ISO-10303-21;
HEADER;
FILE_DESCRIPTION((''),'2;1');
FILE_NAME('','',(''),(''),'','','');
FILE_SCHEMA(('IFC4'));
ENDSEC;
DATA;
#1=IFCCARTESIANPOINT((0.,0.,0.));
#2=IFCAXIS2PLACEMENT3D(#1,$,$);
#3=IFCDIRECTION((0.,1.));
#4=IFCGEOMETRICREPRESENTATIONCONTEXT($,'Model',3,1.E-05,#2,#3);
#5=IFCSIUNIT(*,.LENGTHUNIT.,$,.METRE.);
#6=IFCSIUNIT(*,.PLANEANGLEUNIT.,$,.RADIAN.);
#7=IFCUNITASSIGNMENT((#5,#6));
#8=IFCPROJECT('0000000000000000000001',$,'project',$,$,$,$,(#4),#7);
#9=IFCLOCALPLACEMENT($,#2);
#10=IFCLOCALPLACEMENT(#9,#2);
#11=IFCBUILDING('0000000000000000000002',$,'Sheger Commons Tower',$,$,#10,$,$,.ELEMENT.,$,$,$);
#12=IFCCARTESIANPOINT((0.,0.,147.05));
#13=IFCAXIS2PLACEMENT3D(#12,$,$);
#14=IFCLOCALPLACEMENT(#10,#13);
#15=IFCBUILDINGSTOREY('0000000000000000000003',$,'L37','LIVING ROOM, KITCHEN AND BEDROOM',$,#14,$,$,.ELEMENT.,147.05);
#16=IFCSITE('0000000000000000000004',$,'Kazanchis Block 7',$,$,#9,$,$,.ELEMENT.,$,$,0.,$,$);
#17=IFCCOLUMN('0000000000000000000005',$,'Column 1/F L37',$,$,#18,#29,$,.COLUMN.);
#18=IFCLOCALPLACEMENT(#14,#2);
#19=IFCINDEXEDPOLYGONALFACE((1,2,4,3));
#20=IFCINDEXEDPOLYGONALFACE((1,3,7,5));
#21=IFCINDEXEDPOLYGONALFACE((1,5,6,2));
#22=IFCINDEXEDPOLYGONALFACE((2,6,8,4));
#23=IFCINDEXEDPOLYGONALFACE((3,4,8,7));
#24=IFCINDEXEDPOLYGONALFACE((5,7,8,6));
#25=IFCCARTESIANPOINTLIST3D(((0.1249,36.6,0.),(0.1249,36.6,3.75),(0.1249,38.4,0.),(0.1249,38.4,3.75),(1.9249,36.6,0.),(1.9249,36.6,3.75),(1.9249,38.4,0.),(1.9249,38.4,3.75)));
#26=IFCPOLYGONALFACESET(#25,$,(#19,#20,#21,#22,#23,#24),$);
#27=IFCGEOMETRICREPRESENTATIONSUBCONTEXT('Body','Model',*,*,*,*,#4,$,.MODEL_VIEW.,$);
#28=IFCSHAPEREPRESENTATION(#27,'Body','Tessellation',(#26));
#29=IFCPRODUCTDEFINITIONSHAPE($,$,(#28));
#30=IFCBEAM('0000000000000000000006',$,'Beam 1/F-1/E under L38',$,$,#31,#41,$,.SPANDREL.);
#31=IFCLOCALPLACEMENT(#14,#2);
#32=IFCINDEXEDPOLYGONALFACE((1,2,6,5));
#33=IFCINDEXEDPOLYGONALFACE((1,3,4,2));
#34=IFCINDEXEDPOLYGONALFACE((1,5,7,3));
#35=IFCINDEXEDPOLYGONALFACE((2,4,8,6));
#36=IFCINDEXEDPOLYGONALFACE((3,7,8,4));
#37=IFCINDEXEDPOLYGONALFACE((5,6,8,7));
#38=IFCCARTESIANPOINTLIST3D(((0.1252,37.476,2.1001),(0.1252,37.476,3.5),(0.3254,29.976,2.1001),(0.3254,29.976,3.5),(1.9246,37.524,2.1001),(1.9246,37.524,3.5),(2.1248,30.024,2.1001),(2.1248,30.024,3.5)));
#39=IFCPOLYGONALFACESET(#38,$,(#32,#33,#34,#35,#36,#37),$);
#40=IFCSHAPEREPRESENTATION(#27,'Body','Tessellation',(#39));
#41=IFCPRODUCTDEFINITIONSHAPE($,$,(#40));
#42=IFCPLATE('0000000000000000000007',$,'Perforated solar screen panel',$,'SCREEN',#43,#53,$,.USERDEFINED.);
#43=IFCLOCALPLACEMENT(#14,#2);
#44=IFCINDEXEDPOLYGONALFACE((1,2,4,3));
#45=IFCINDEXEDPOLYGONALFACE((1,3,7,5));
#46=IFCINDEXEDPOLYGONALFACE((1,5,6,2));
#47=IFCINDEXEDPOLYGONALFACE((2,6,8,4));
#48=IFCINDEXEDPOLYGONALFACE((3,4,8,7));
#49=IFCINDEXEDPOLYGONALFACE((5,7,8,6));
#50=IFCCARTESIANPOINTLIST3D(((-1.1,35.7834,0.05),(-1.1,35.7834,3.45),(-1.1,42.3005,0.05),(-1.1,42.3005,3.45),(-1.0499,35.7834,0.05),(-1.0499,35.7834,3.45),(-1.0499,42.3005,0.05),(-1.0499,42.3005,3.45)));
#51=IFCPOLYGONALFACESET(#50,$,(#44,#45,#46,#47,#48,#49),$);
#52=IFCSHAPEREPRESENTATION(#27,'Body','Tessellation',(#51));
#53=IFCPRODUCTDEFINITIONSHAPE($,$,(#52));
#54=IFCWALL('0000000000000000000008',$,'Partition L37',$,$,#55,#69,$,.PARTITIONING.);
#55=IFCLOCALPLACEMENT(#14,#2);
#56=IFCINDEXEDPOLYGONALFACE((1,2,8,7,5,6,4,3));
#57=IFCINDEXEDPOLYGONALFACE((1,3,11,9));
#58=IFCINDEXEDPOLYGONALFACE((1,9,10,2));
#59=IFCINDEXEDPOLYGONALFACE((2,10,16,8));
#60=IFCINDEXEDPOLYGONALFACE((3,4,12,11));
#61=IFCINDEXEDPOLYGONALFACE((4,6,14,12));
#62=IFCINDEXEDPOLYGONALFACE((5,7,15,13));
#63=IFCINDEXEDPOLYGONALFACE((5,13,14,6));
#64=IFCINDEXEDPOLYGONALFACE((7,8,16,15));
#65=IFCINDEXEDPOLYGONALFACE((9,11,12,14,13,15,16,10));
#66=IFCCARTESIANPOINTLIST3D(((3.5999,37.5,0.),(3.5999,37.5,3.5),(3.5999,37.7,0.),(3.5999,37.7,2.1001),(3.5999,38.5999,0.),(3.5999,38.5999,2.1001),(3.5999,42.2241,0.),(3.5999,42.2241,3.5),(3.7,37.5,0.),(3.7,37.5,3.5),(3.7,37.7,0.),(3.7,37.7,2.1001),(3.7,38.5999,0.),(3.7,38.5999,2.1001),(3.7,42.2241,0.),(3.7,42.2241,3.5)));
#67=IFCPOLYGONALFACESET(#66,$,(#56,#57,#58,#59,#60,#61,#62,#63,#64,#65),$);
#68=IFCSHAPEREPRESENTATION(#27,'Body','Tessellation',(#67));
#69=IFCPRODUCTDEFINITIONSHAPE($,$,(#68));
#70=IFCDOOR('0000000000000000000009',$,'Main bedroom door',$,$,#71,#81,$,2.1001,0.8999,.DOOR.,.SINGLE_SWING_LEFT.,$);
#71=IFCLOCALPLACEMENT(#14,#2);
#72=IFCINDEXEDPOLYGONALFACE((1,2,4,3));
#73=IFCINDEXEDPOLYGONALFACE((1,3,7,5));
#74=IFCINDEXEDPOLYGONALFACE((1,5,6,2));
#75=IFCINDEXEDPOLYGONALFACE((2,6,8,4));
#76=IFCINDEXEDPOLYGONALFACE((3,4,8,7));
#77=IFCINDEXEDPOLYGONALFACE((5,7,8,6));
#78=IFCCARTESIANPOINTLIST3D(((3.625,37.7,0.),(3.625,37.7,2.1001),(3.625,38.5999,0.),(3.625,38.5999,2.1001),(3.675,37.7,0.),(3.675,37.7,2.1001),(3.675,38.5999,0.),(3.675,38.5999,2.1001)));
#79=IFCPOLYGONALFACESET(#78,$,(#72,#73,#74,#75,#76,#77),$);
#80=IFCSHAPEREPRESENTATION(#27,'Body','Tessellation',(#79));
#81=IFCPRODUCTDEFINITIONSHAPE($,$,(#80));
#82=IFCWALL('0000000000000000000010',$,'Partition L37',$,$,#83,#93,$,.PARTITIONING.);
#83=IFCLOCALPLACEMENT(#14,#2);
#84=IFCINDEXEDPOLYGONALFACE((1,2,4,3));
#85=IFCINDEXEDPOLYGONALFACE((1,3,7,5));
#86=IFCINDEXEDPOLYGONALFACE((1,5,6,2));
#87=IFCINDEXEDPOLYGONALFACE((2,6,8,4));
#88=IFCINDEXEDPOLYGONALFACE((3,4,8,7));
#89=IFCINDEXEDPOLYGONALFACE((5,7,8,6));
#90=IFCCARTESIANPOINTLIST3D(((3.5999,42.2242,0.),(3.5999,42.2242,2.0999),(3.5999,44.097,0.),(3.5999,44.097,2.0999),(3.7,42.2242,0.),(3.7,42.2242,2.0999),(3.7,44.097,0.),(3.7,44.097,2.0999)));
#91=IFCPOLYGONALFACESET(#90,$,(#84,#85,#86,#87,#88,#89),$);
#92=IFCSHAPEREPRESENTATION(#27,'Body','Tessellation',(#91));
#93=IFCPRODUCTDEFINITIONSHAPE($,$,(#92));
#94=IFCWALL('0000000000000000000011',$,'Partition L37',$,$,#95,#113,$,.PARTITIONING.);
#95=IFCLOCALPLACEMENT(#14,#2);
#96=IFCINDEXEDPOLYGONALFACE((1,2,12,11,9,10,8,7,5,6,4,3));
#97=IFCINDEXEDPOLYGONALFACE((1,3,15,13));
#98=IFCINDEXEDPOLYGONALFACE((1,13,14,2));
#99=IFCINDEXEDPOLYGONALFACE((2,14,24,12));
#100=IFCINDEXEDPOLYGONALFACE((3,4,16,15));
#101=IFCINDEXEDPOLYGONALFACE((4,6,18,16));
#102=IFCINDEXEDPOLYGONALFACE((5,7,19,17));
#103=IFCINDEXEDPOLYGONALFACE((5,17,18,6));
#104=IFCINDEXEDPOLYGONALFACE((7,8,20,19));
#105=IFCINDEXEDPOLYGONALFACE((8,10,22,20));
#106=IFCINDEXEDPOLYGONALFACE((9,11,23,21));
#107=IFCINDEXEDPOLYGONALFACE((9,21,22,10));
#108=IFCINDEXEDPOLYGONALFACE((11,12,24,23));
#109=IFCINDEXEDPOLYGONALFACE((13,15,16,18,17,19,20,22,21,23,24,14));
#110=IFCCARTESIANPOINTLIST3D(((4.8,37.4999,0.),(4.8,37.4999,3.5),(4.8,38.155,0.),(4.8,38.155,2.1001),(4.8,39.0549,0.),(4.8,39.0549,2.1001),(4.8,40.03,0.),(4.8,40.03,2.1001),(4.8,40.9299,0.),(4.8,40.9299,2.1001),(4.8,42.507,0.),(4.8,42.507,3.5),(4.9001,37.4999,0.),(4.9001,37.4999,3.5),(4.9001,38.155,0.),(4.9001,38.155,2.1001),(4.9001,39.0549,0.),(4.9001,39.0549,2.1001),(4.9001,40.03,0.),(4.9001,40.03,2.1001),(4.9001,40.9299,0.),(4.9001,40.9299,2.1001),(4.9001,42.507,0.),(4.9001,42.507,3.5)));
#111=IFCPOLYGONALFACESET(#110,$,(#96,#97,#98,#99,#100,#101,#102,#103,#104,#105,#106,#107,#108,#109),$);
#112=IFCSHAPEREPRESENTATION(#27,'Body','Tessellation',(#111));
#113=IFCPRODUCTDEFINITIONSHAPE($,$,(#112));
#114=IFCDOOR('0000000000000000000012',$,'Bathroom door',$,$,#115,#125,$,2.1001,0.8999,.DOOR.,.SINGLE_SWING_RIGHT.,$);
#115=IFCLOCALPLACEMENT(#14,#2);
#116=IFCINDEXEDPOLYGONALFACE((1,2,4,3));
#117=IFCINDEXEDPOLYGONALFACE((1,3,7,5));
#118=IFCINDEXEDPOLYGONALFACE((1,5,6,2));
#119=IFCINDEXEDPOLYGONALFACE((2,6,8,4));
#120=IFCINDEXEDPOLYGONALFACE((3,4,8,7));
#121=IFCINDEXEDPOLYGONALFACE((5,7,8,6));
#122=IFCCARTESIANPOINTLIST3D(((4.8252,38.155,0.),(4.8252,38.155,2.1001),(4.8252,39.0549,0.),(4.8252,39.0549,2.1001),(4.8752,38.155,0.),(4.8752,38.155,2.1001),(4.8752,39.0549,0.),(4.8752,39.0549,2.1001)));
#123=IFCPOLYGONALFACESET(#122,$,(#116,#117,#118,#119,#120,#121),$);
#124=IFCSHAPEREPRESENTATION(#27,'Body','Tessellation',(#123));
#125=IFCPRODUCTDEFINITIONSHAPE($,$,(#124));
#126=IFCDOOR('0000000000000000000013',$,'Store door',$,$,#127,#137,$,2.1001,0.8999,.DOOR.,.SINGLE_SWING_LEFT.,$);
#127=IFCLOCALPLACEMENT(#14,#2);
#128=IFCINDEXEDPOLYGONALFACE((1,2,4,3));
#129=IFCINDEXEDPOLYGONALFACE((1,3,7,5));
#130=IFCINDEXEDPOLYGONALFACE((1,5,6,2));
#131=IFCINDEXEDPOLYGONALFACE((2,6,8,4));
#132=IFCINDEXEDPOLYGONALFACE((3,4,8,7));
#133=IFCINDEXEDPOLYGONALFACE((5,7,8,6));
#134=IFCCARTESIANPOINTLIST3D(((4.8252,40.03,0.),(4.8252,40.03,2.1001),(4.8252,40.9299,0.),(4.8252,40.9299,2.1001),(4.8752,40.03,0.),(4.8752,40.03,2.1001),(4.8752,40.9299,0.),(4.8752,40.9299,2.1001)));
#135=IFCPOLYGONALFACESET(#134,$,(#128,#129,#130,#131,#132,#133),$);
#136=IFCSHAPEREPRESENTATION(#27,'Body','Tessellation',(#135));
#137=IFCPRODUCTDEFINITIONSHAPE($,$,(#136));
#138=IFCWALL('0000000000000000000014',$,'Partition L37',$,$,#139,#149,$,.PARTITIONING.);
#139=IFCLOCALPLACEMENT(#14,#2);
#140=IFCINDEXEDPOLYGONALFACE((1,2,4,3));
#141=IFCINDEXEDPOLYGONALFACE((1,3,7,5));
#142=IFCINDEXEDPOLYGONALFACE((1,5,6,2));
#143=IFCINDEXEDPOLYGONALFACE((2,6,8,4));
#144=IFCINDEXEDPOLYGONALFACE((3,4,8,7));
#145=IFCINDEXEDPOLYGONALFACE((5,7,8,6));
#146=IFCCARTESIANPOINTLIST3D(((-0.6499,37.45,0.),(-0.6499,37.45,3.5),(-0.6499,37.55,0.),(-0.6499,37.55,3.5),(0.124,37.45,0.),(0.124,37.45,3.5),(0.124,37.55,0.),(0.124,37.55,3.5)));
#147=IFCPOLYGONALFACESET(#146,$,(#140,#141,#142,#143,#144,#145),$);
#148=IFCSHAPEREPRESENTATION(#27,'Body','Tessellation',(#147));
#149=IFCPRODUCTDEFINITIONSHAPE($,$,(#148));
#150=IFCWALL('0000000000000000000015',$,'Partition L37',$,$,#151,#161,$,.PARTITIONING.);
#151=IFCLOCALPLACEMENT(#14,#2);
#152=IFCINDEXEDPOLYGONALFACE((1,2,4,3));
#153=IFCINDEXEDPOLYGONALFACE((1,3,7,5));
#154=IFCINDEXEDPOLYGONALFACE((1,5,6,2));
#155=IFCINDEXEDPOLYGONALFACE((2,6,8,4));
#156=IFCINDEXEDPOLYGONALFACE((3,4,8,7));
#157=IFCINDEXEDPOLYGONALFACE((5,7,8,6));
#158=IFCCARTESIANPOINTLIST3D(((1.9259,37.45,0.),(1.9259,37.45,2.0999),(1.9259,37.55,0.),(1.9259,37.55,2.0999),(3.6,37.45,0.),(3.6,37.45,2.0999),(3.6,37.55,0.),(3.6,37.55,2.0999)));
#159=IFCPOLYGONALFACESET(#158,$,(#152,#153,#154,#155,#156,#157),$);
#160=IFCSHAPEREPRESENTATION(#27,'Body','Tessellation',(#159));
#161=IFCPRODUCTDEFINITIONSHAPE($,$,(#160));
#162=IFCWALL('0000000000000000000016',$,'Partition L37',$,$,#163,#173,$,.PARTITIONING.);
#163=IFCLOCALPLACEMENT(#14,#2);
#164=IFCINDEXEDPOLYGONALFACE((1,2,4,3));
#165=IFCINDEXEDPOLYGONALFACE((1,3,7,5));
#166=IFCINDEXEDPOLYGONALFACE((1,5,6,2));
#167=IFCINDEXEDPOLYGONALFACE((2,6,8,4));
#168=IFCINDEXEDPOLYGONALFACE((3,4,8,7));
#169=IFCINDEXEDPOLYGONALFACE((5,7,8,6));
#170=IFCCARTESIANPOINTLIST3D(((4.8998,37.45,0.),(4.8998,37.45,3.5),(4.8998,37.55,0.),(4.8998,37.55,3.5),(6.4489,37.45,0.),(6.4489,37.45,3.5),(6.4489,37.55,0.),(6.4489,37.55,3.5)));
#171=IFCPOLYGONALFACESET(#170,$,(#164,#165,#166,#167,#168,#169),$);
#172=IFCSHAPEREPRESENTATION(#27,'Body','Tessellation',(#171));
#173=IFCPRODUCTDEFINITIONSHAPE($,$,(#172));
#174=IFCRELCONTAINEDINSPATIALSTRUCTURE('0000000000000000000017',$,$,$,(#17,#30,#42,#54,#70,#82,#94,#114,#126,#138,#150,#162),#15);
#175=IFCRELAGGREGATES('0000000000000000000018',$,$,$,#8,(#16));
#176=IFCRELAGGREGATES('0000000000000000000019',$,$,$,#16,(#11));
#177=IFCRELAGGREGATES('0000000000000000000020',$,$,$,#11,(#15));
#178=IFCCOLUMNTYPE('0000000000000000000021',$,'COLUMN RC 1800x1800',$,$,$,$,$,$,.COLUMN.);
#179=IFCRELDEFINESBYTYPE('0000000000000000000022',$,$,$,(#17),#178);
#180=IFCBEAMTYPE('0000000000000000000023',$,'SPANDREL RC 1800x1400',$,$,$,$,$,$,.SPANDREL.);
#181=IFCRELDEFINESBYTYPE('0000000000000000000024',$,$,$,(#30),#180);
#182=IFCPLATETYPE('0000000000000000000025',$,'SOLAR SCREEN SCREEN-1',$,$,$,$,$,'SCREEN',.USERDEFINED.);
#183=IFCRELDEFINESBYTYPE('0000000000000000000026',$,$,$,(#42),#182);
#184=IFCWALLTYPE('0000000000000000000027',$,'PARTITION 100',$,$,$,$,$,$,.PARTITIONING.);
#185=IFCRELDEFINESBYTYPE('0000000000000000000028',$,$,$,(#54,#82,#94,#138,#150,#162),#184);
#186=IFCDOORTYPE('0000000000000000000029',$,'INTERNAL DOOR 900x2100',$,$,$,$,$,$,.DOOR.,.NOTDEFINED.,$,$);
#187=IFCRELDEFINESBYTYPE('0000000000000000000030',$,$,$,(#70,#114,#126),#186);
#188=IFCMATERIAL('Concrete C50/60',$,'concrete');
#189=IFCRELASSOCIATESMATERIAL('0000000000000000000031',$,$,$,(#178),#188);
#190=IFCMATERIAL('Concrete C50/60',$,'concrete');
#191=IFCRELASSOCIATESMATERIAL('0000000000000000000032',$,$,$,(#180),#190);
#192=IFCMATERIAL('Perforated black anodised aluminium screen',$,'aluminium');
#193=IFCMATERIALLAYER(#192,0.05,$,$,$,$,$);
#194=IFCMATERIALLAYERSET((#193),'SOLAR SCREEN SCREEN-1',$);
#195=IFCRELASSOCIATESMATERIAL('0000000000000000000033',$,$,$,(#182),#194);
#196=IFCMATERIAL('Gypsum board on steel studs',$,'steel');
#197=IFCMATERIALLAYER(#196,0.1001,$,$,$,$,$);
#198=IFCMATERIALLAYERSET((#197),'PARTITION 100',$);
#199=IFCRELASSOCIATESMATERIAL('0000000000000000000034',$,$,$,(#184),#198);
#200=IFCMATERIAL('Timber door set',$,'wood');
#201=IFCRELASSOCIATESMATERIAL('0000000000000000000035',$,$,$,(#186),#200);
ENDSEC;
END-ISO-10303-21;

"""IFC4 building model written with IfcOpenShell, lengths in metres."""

from ifc_helpers import new_model, si_unit, direction, frame, frame_2d, origin, origin_2d, place, context, subcontext, project, spatial, rectangle, extrude, material, layer, layer_set, material_profile, profile_set, type_object, element, fill, save


model = new_model("IFC4")

# Units and contexts
model_context = context("Model", 3, precision=1e-05, world=origin(), true_north=direction((0.0, 1.0)))
body_context = subcontext(model_context, "Body", "Model", "MODEL_VIEW")
ifc_project = project(units=[si_unit("LENGTHUNIT", "METRE"), si_unit("PLANEANGLEUNIT", "RADIAN")], contexts=[model_context])

# Site, building, storey
site_placement = place(None, origin())
site = spatial("IfcSite", under=ifc_project, at=site_placement, Name="Kazanchis Block 7", CompositionType="ELEMENT", RefElevation=0.0)
building_placement = place(site_placement, origin())
building = spatial("IfcBuilding", under=site, at=building_placement, Name="Sheger Commons Tower", CompositionType="ELEMENT")
storey_placement = place(building_placement, frame((0.0, 0.0, 147.05)))
storey = spatial("IfcBuildingStorey", under=building, at=storey_placement, Name="L37", Description="LIVING ROOM, KITCHEN AND BEDROOM", CompositionType="ELEMENT", Elevation=147.05)

# Column
ifc_material_1 = material(Name="Concrete C50/60", Category="concrete")
ifc_material_profile_1 = material_profile(ifc_material_1, rectangle(XDim=1.8, YDim=1.8, at=origin_2d()), Name="RC 1800x1800")
ifc_profile_set_1 = profile_set([ifc_material_profile_1], Name="Concrete C50/60")
column_type = type_object("IfcColumnType", Name="COLUMN RC 1800x1800", PredefinedType="COLUMN", material=ifc_profile_set_1)
column_placement = place(storey_placement, frame((1.0249, 37.5, 0.0), z_axis=(0.0, 0.0, 1.0), x_axis=(1.0, 0.0, 0.0)))
element("IfcColumn", 1, at=column_placement, inside=storey, type_object=column_type, Name="Column 1/F L37", PredefinedType="COLUMN", context=body_context, shape_type="SweptSolid", body=[
    extrude(rectangle(XDim=1.8, YDim=1.8, at=origin_2d()), origin(), (0.0, 0.0, 1.0), 3.75),
])

# Beam
ifc_material_2 = material(Name="Concrete C50/60", Category="concrete")
ifc_material_profile_2 = material_profile(ifc_material_2, rectangle(XDim=1.8, YDim=1.3999, at=origin_2d()), Name="RC 1800x1400")
ifc_profile_set_2 = profile_set([ifc_material_profile_2], Name="Concrete C50/60")
beam_type = type_object("IfcBeamType", Name="SPANDREL RC 1800x1400", PredefinedType="SPANDREL", material=ifc_profile_set_2)
beam_placement = place(storey_placement, frame((1.0249, 37.5, 2.8), z_axis=(0.026683, -0.999644, 0.0), x_axis=(0.999644, 0.026683, 0.0)))
element("IfcBeam", 2, at=beam_placement, inside=storey, type_object=beam_type, Name="Beam 1/F-1/E under L38", PredefinedType="SPANDREL", context=body_context, shape_type="SweptSolid", body=[
    extrude(rectangle(XDim=1.8, YDim=1.3999, at=origin_2d()), origin(), (0.0, 0.0, 1.0), 7.5027),
])

# Plate
ifc_material_3 = material(Name="Perforated black anodised aluminium screen", Category="aluminium")
ifc_layer_1 = layer(ifc_material_3, 0.05)
ifc_layer_set_1 = layer_set([ifc_layer_1], Name="SOLAR SCREEN SCREEN-1")
plate_type = type_object("IfcPlateType", Name="SOLAR SCREEN SCREEN-1", ElementType="SCREEN", PredefinedType="USERDEFINED", material=ifc_layer_set_1)
plate_placement = place(storey_placement, frame((-1.075, 39.042, 0.05), z_axis=(0.0, 0.0, 1.0), x_axis=(0.0, -1.0, 0.0)))
element("IfcPlate", 3, at=plate_placement, inside=storey, type_object=plate_type, Name="Perforated solar screen panel", ObjectType="SCREEN", PredefinedType="USERDEFINED", context=body_context, shape_type="SweptSolid", body=[
    extrude(rectangle(XDim=6.5171, YDim=0.05, at=origin_2d()), origin(), (0.0, 0.0, 1.0), 3.3999),
])

# Wall, opening, door
ifc_material_4 = material(Name="Gypsum board on steel studs", Category="steel")
ifc_layer_2 = layer(ifc_material_4, 0.1001)
ifc_layer_set_2 = layer_set([ifc_layer_2], Name="PARTITION 100")
wall_type = type_object("IfcWallType", Name="PARTITION 100", PredefinedType="PARTITIONING", material=ifc_layer_set_2)
wall_1_placement = place(storey_placement, frame((3.6499, 37.5, 0.0), z_axis=(0.0, 0.0, 1.0), x_axis=(0.0, 1.0, 0.0)))
wall_1 = element("IfcWall", 4, at=wall_1_placement, inside=storey, type_object=wall_type, Name="Partition L37", PredefinedType="PARTITIONING", context=body_context, shape_type="SweptSolid", body=[
    extrude(rectangle(XDim=4.7241, YDim=0.1001, at=frame_2d((2.3621, 0.0))), origin(), (0.0, 0.0, 1.0), 3.5),
])
opening_1_placement = place(wall_1_placement, frame((0.2, 0.0, 0.0)))
opening_1 = element("IfcOpeningElement", 5, at=opening_1_placement, cuts=wall_1, PredefinedType="OPENING", context=body_context, shape_type="SweptSolid", body=[
    extrude(rectangle(XDim=0.8999, YDim=2.1001, at=frame_2d((0.45, 1.05))), frame((0.0, 0.0601, 0.0), z_axis=(0.0, -1.0, 0.0), x_axis=(1.0, 0.0, 0.0)), (0.0, 0.0, 1.0), 0.1201),
])
ifc_material_5 = material(Name="Timber door set", Category="wood")
door_type = type_object("IfcDoorType", Name="INTERNAL DOOR 900x2100", OperationType="NOTDEFINED", PredefinedType="DOOR", material=ifc_material_5)
door_1_placement = place(opening_1_placement, origin())
door_1 = element("IfcDoor", 6, at=door_1_placement, inside=storey, type_object=door_type, Name="Main bedroom door", OperationType="SINGLE_SWING_LEFT", OverallHeight=2.1001, OverallWidth=0.8999, PredefinedType="DOOR", context=body_context, shape_type="SweptSolid", body=[
    extrude(rectangle(XDim=0.8999, YDim=2.1001, at=frame_2d((0.45, 1.05))), frame((0.0, 0.0249, 0.0), z_axis=(0.0, -1.0, 0.0), x_axis=(1.0, 0.0, 0.0)), (0.0, 0.0, 1.0), 0.05),
])
fill(opening_1, door_1)

# Wall
wall_2_placement = place(storey_placement, frame((3.6499, 42.2241, 0.0), z_axis=(0.0, 0.0, 1.0), x_axis=(0.0, 1.0, 0.0)))
element("IfcWall", 7, at=wall_2_placement, inside=storey, type_object=wall_type, Name="Partition L37", PredefinedType="PARTITIONING", context=body_context, shape_type="SweptSolid", body=[
    extrude(rectangle(XDim=1.8728, YDim=0.1001, at=frame_2d((0.9365, 0.0))), origin(), (0.0, 0.0, 1.0), 2.0999),
])

# Wall, openings, doors
wall_3_placement = place(storey_placement, frame((4.8501, 37.5, 0.0), z_axis=(0.0, 0.0, 1.0), x_axis=(0.0, 1.0, 0.0)))
wall_3 = element("IfcWall", 8, at=wall_3_placement, inside=storey, type_object=wall_type, Name="Partition L37", PredefinedType="PARTITIONING", context=body_context, shape_type="SweptSolid", body=[
    extrude(rectangle(XDim=5.0071, YDim=0.1001, at=frame_2d((2.5034, 0.0))), origin(), (0.0, 0.0, 1.0), 3.5),
])
opening_2_placement = place(wall_3_placement, frame((0.655, 0.0, 0.0)))
opening_2 = element("IfcOpeningElement", 9, at=opening_2_placement, cuts=wall_3, PredefinedType="OPENING", context=body_context, shape_type="SweptSolid", body=[
    extrude(rectangle(XDim=0.8999, YDim=2.1001, at=frame_2d((0.45, 1.05))), frame((0.0, 0.0601, 0.0), z_axis=(0.0, -1.0, 0.0), x_axis=(1.0, 0.0, 0.0)), (0.0, 0.0, 1.0), 0.1201),
])
opening_3_placement = place(wall_3_placement, frame((2.53, 0.0, 0.0)))
opening_3 = element("IfcOpeningElement", 10, at=opening_3_placement, cuts=wall_3, PredefinedType="OPENING", context=body_context, shape_type="SweptSolid", body=[
    extrude(rectangle(XDim=0.8999, YDim=2.1001, at=frame_2d((0.45, 1.05))), frame((0.0, 0.0601, 0.0), z_axis=(0.0, -1.0, 0.0), x_axis=(1.0, 0.0, 0.0)), (0.0, 0.0, 1.0), 0.1201),
])
door_2_placement = place(opening_2_placement, origin())
door_2 = element("IfcDoor", 11, at=door_2_placement, inside=storey, type_object=door_type, Name="Bathroom door", OperationType="SINGLE_SWING_RIGHT", OverallHeight=2.1001, OverallWidth=0.8999, PredefinedType="DOOR", context=body_context, shape_type="SweptSolid", body=[
    extrude(rectangle(XDim=0.8999, YDim=2.1001, at=frame_2d((0.45, 1.05))), frame((0.0, 0.0249, 0.0), z_axis=(0.0, -1.0, 0.0), x_axis=(1.0, 0.0, 0.0)), (0.0, 0.0, 1.0), 0.05),
])
fill(opening_2, door_2)
door_3_placement = place(opening_3_placement, origin())
door_3 = element("IfcDoor", 12, at=door_3_placement, inside=storey, type_object=door_type, Name="Store door", OperationType="SINGLE_SWING_LEFT", OverallHeight=2.1001, OverallWidth=0.8999, PredefinedType="DOOR", context=body_context, shape_type="SweptSolid", body=[
    extrude(rectangle(XDim=0.8999, YDim=2.1001, at=frame_2d((0.45, 1.05))), frame((0.0, 0.0249, 0.0), z_axis=(0.0, -1.0, 0.0), x_axis=(1.0, 0.0, 0.0)), (0.0, 0.0, 1.0), 0.05),
])
fill(opening_3, door_3)

# Walls
wall_4_placement = place(storey_placement, frame((-0.6499, 37.5, 0.0), z_axis=(0.0, 0.0, 1.0), x_axis=(1.0, 0.0, 0.0)))
element("IfcWall", 13, at=wall_4_placement, inside=storey, type_object=wall_type, Name="Partition L37", PredefinedType="PARTITIONING", context=body_context, shape_type="SweptSolid", body=[
    extrude(rectangle(XDim=0.7739, YDim=0.1001, at=frame_2d((0.387, 0.0))), origin(), (0.0, 0.0, 1.0), 3.5),
])
wall_5_placement = place(storey_placement, frame((1.926, 37.5, 0.0), z_axis=(0.0, 0.0, 1.0), x_axis=(1.0, 0.0, 0.0)))
element("IfcWall", 14, at=wall_5_placement, inside=storey, type_object=wall_type, Name="Partition L37", PredefinedType="PARTITIONING", context=body_context, shape_type="SweptSolid", body=[
    extrude(rectangle(XDim=1.6741, YDim=0.1001, at=frame_2d((0.8369, 0.0))), origin(), (0.0, 0.0, 1.0), 2.0999),
])
wall_6_placement = place(storey_placement, frame((4.8999, 37.5, 0.0), z_axis=(0.0, 0.0, 1.0), x_axis=(1.0, 0.0, 0.0)))
element("IfcWall", 15, at=wall_6_placement, inside=storey, type_object=wall_type, Name="Partition L37", PredefinedType="PARTITIONING", context=body_context, shape_type="SweptSolid", body=[
    extrude(rectangle(XDim=1.5491, YDim=0.1001, at=frame_2d((0.7744, 0.0))), origin(), (0.0, 0.0, 1.0), 3.5),
])

save(model, "model.ifc")
